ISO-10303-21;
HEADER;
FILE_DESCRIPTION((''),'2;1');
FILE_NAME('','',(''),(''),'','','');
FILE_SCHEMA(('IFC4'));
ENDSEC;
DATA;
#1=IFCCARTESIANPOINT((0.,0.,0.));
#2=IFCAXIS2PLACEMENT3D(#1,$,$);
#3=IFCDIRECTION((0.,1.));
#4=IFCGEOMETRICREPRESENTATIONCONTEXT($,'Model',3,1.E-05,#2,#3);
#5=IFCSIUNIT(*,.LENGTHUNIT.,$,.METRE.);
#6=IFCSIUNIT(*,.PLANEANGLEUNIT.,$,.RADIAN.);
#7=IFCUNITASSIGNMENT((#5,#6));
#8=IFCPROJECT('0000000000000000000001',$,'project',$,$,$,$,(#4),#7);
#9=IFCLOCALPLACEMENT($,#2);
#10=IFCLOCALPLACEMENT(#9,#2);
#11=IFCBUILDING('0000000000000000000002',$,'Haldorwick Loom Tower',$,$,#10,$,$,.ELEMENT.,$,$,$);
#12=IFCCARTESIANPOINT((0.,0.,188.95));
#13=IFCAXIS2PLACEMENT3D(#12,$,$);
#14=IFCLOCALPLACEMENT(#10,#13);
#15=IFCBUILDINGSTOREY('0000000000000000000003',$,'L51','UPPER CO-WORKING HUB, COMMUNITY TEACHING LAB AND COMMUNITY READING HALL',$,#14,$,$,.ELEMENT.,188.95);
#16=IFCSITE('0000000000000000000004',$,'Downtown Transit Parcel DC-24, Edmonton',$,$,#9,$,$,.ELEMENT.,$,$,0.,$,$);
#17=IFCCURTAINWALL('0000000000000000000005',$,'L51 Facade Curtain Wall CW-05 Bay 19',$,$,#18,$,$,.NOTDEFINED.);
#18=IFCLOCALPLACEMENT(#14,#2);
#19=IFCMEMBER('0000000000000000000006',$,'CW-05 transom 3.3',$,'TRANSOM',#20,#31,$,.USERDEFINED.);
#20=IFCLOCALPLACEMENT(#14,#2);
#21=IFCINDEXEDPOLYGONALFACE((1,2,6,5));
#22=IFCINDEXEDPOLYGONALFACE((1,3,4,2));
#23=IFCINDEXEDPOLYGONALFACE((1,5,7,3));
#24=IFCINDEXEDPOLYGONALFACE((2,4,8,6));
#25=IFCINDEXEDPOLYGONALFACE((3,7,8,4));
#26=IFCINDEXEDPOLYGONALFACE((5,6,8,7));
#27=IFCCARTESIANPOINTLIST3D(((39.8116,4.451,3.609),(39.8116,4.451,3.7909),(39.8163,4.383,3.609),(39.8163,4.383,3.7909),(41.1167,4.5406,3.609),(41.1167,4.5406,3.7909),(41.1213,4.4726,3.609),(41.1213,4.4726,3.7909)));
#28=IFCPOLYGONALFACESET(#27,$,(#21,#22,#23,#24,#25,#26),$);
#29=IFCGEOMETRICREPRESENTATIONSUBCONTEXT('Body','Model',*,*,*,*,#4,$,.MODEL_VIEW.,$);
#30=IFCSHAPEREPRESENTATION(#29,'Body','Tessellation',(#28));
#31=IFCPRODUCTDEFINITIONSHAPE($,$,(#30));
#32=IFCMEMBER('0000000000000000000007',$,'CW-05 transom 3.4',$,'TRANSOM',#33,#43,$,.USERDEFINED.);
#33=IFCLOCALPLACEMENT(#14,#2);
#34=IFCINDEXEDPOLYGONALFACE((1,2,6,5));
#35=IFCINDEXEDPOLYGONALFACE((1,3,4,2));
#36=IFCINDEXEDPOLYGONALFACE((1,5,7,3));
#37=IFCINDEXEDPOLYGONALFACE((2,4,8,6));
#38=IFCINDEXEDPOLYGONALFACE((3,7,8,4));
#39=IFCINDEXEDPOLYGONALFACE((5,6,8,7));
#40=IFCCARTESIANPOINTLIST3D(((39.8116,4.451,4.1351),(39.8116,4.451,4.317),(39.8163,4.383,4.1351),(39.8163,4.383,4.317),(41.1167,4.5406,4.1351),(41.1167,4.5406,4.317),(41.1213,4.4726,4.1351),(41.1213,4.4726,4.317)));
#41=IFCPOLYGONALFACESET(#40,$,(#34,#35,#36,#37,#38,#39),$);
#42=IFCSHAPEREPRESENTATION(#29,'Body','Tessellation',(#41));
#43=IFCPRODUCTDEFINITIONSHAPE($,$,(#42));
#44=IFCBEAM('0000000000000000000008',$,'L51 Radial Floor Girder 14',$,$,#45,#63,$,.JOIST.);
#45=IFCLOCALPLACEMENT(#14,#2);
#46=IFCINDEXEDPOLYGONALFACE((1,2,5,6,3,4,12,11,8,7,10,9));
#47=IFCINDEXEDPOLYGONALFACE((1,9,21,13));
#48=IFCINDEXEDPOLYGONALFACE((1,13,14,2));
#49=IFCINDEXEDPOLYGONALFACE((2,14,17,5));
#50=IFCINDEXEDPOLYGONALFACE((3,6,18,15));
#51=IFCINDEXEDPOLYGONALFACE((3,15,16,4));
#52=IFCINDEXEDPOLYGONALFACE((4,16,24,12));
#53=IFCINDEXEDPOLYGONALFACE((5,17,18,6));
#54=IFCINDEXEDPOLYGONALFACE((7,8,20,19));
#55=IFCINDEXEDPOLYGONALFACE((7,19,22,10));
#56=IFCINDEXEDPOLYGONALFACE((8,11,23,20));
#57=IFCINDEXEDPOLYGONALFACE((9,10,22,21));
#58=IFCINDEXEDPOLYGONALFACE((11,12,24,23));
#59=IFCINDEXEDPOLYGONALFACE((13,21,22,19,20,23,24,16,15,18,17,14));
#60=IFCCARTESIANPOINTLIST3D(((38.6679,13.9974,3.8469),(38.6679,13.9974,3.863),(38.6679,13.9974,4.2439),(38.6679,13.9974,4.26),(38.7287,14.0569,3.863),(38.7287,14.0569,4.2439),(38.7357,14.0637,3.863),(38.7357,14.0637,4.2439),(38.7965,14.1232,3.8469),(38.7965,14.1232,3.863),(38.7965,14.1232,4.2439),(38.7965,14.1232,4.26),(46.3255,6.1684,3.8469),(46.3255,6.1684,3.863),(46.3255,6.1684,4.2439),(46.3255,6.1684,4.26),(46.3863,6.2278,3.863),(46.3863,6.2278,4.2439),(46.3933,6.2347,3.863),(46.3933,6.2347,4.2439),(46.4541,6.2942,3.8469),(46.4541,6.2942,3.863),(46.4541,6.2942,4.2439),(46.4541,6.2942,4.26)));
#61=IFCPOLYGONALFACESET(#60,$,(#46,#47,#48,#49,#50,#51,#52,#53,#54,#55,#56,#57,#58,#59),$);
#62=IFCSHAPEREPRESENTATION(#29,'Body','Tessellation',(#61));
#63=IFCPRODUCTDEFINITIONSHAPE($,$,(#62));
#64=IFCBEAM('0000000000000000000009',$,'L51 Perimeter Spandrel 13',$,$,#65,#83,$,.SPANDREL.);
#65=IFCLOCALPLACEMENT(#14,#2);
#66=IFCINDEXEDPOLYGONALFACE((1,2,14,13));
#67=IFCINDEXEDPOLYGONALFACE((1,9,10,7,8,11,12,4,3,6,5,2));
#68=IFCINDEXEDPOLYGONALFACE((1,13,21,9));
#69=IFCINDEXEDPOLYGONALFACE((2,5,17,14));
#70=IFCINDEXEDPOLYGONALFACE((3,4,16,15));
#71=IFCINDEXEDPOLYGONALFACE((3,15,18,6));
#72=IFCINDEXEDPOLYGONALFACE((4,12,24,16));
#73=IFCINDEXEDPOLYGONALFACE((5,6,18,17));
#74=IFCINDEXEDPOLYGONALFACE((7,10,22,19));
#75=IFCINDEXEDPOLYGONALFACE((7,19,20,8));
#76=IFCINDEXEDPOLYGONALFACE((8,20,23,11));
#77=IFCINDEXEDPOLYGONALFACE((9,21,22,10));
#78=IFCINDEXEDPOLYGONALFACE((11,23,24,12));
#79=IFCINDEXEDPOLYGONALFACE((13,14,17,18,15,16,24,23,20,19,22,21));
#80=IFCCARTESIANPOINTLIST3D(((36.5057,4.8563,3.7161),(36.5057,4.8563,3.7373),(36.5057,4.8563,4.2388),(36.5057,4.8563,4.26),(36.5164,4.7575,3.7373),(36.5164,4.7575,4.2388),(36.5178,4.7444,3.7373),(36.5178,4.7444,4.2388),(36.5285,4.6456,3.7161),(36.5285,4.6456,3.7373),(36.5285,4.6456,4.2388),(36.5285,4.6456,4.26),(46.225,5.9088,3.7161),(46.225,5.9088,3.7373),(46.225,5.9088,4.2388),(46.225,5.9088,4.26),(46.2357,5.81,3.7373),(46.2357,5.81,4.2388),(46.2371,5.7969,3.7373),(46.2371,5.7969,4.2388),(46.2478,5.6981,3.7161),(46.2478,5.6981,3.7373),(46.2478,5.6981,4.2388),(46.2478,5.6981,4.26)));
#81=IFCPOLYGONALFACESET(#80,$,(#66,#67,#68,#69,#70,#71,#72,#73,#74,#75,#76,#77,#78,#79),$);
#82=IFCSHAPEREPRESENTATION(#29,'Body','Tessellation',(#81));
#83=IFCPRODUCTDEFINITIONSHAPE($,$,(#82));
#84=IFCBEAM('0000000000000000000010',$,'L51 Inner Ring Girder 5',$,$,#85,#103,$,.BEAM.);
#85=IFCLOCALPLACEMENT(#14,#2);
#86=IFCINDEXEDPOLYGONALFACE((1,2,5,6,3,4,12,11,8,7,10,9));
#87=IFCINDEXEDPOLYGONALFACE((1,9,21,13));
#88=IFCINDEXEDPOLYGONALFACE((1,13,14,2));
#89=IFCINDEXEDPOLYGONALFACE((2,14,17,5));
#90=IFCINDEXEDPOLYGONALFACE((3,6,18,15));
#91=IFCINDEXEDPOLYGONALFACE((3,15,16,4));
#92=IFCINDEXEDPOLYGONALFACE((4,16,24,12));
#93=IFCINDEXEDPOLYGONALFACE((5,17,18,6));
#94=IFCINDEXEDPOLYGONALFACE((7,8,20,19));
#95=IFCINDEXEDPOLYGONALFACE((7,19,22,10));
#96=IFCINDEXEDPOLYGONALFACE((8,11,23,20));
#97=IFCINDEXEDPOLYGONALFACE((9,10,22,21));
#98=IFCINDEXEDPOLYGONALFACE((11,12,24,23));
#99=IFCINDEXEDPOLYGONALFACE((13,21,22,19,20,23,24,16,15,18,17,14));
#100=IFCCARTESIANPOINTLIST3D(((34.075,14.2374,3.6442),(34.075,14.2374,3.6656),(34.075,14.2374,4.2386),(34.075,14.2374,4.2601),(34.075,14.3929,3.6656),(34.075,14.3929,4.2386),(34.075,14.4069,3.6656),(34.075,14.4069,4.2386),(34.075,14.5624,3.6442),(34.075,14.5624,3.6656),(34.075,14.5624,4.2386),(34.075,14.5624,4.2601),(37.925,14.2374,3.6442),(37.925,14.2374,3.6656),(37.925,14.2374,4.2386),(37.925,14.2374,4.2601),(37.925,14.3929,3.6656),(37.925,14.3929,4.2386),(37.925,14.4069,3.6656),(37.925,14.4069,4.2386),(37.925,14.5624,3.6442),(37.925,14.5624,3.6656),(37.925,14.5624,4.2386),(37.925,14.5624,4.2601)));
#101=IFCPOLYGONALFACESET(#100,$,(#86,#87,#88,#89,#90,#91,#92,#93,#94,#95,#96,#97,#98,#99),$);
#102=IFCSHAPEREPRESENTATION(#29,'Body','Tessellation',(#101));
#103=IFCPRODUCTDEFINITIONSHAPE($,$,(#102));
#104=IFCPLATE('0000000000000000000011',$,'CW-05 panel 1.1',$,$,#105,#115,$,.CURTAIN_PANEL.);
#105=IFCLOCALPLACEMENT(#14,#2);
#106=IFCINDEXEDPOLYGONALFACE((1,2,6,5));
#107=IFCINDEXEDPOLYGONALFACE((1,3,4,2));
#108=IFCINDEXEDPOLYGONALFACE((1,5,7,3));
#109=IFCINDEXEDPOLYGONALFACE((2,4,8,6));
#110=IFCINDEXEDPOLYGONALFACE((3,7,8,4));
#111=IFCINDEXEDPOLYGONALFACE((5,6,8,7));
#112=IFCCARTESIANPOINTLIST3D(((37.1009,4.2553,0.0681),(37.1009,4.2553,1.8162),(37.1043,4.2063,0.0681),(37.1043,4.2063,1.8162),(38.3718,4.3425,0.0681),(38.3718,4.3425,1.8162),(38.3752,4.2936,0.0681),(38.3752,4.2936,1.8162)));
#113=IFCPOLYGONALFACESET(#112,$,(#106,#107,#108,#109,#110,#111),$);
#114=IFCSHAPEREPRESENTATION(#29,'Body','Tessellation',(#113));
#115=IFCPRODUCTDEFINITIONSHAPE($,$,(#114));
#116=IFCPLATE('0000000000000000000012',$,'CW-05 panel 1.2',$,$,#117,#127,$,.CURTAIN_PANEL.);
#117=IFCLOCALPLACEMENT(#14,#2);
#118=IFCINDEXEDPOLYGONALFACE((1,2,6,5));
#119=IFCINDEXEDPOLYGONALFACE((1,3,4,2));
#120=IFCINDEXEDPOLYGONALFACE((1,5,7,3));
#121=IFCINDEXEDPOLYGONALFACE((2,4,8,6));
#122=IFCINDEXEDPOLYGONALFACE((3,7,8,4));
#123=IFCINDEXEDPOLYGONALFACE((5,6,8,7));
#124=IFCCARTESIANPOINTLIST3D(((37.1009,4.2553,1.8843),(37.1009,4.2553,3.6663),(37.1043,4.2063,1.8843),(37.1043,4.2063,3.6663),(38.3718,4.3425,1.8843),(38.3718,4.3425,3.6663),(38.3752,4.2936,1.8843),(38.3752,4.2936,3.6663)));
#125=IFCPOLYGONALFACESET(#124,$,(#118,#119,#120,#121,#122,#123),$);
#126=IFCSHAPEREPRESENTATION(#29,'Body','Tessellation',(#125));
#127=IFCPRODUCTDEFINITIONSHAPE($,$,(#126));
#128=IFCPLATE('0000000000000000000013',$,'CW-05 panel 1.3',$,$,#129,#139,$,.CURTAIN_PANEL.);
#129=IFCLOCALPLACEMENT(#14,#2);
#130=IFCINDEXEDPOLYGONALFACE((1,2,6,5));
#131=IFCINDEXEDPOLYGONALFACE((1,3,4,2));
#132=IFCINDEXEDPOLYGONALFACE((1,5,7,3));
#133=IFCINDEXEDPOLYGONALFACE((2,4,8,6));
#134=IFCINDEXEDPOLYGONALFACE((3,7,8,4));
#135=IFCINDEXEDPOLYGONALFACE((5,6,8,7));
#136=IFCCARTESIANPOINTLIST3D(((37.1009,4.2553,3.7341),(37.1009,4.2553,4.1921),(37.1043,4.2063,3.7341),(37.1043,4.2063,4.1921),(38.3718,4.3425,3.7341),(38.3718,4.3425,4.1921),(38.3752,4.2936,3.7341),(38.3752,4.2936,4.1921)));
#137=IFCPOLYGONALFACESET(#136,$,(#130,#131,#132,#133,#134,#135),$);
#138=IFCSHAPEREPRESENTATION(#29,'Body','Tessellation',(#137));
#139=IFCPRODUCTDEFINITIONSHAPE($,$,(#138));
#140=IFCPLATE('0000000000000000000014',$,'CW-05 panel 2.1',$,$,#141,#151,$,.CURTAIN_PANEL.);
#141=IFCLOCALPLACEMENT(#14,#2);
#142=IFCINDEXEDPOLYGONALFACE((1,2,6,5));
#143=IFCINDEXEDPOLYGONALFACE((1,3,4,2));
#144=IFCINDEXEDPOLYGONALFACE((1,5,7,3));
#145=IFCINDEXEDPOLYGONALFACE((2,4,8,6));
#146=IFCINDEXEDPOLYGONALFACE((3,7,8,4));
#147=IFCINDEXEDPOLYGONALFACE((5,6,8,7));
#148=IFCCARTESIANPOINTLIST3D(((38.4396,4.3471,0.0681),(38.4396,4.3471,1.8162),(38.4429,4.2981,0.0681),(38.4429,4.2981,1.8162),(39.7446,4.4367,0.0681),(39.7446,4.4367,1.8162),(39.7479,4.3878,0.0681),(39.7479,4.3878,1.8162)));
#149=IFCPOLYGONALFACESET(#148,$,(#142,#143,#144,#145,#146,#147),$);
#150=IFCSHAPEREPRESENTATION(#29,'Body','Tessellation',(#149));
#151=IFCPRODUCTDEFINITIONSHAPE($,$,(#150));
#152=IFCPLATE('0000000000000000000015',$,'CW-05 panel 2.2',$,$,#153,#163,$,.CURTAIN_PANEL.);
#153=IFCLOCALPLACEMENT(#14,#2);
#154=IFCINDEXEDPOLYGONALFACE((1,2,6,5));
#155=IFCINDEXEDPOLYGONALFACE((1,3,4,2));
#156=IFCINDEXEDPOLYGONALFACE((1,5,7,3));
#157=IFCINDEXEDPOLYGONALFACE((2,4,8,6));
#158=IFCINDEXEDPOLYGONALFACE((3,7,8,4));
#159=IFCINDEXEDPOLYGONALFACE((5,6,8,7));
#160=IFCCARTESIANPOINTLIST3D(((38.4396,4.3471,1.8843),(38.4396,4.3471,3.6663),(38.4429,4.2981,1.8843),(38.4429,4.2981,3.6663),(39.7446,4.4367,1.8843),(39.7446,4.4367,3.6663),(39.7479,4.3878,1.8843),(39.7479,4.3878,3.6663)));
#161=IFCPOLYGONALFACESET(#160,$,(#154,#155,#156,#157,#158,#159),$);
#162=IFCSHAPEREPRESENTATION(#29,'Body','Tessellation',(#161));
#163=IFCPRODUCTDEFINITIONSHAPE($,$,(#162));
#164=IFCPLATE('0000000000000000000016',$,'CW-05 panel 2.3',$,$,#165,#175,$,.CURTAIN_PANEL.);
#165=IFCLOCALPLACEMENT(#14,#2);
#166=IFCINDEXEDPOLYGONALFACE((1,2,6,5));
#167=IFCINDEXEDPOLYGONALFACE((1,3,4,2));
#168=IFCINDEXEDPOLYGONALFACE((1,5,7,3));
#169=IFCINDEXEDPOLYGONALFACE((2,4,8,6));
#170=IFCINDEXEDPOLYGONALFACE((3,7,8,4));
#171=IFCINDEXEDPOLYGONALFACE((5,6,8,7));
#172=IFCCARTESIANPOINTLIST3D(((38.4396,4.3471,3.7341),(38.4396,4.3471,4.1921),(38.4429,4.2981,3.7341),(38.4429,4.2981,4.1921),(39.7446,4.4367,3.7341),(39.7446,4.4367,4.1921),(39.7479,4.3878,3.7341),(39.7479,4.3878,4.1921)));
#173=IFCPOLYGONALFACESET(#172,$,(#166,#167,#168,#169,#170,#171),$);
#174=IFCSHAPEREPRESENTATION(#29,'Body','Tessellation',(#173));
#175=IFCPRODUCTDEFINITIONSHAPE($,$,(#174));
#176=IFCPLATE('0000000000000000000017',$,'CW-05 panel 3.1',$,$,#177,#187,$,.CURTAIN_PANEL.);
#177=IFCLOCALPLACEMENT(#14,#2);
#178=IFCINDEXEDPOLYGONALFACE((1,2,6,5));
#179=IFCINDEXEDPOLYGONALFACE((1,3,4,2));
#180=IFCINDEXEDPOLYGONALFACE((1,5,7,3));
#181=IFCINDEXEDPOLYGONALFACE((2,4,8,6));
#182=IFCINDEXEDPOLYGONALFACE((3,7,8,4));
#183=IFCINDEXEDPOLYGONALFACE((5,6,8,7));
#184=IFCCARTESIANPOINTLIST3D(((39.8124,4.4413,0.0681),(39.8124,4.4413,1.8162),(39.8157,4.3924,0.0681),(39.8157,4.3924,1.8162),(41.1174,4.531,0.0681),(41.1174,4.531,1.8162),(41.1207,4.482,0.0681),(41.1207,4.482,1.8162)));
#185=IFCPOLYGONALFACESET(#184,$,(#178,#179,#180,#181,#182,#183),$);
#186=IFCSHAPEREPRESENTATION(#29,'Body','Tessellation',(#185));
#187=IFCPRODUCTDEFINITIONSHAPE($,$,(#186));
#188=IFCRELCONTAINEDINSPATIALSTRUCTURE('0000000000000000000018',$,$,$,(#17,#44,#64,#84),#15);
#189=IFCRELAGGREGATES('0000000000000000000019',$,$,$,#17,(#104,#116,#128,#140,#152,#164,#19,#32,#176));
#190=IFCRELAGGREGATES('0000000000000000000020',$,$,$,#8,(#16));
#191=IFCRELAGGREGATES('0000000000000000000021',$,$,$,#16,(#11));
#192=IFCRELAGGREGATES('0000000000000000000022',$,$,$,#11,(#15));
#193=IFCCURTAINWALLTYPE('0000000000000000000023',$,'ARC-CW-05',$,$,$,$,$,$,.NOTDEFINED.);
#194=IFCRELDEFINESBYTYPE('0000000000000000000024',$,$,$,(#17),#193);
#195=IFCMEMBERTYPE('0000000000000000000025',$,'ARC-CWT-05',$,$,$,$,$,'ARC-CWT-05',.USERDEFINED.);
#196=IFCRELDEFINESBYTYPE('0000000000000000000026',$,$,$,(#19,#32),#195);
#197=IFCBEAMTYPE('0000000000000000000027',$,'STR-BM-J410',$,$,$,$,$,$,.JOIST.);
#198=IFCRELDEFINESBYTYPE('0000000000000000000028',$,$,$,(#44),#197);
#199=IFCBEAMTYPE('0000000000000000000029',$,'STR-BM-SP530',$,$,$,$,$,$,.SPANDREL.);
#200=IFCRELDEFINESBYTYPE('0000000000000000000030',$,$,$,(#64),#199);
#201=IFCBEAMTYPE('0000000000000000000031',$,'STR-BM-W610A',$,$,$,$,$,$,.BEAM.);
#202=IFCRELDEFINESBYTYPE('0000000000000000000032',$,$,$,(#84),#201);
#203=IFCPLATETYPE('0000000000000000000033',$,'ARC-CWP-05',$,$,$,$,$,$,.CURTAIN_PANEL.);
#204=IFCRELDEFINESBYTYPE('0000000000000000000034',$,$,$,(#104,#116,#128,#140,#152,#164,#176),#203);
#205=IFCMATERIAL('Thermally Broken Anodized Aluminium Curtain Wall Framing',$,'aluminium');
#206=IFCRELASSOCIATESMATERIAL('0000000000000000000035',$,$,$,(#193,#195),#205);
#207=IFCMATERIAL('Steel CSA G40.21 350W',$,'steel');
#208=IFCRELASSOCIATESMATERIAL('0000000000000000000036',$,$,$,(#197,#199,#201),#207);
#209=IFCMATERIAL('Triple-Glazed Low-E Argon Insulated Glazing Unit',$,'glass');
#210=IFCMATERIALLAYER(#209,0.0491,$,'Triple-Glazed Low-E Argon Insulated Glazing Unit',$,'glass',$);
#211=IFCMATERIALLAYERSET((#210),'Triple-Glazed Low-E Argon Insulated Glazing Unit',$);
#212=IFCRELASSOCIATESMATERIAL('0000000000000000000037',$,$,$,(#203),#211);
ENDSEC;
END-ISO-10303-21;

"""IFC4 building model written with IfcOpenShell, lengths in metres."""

from ifc_helpers import new_model, si_unit, direction, frame, origin, origin_2d, place, context, subcontext, project, spatial, rectangle, i_section, extrude, material, layer, layer_set, material_profile, profile_set, type_object, element, aggregate, save


model = new_model("IFC4")

# Units and contexts
model_context = context("Model", 3, precision=1e-05, world=origin(), true_north=direction((0.0, 1.0)))
body_context = subcontext(model_context, "Body", "Model", "MODEL_VIEW")
ifc_project = project(units=[si_unit("LENGTHUNIT", "METRE"), si_unit("PLANEANGLEUNIT", "RADIAN")], contexts=[model_context])

# Site, building, storey
site_placement = place(None, origin())
site = spatial("IfcSite", under=ifc_project, at=site_placement, Name="Downtown Transit Parcel DC-24, Edmonton", CompositionType="ELEMENT", RefElevation=0.0)
building_placement = place(site_placement, origin())
building = spatial("IfcBuilding", under=site, at=building_placement, Name="Haldorwick Loom Tower", CompositionType="ELEMENT")
storey_placement = place(building_placement, frame((0.0, 0.0, 188.95)))
storey = spatial("IfcBuildingStorey", under=building, at=storey_placement, Name="L51", Description="UPPER CO-WORKING HUB, COMMUNITY TEACHING LAB AND COMMUNITY READING HALL", CompositionType="ELEMENT", Elevation=188.95)

# Curtain wall, members
ifc_material_1 = material(Name="Thermally Broken Anodized Aluminium Curtain Wall Framing", Category="aluminium")
curtain_wall_type = type_object("IfcCurtainWallType", Name="ARC-CW-05", PredefinedType="NOTDEFINED", material=ifc_material_1)
curtain_wall_placement = place(storey_placement, origin())
curtain_wall = element("IfcCurtainWall", 1, at=curtain_wall_placement, inside=storey, type_object=curtain_wall_type, Name="L51 Facade Curtain Wall CW-05 Bay 19", PredefinedType="NOTDEFINED")
ifc_material_profile_1 = material_profile(ifc_material_1, rectangle(XDim=0.0681, YDim=0.1819, at=origin_2d()), Name="ALU_TRN_68X182", Category="aluminium")
ifc_profile_set_1 = profile_set([ifc_material_profile_1], Name="Thermally Broken Anodized Aluminium Curtain Wall Framing")
member_type_1 = type_object("IfcMemberType", Name="ARC-CWT-05", ElementType="ARC-CWT-05", PredefinedType="USERDEFINED", material=ifc_profile_set_1)
member_1_placement = place(storey_placement, frame((39.814, 4.417, 3.7), z_axis=(0.997651, 0.068501, 0.0), x_axis=(-0.068501, 0.997651, 0.0)))
member_1 = element("IfcMember", 2, at=member_1_placement, type_object=member_type_1, Name="CW-05 transom 3.3", ObjectType="TRANSOM", PredefinedType="USERDEFINED", context=body_context, shape_type="SweptSolid", body=[
    extrude(rectangle(XDim=0.0681, YDim=0.1819, at=origin_2d()), origin(), (0.0, 0.0, 1.0), 1.3081),
])
member_2_placement = place(storey_placement, frame((39.814, 4.417, 4.2261), z_axis=(0.997651, 0.068501, 0.0), x_axis=(-0.068501, 0.997651, 0.0)))
member_2 = element("IfcMember", 3, at=member_2_placement, type_object=member_type_1, Name="CW-05 transom 3.4", ObjectType="TRANSOM", PredefinedType="USERDEFINED", context=body_context, shape_type="SweptSolid", body=[
    extrude(rectangle(XDim=0.0681, YDim=0.1819, at=origin_2d()), origin(), (0.0, 0.0, 1.0), 1.3081),
])

# Beams
ifc_material_2 = material(Name="Steel CSA G40.21 350W", Category="steel")
ifc_material_profile_2 = material_profile(ifc_material_2, i_section(OverallWidth=0.1799, OverallDepth=0.4131, WebThickness=0.0098, FlangeThickness=0.0161, at=origin_2d()), Name="W410X74", Category="steel")
ifc_profile_set_2 = profile_set([ifc_material_profile_2], Name="Steel CSA G40.21 350W")
beam_type_1 = type_object("IfcBeamType", Name="STR-BM-J410", PredefinedType="JOIST", material=ifc_profile_set_2)
beam_1_placement = place(storey_placement, frame((38.7322, 14.0603, 4.0535), z_axis=(0.699239, -0.714888, 0.0), x_axis=(0.714888, 0.699239, 0.0)))
element("IfcBeam", 4, at=beam_1_placement, inside=storey, type_object=beam_type_1, Name="L51 Radial Floor Girder 14", PredefinedType="JOIST", context=body_context, shape_type="SweptSolid", body=[
    extrude(i_section(OverallWidth=0.1799, OverallDepth=0.4131, WebThickness=0.0098, FlangeThickness=0.0161, at=origin_2d()), origin(), (0.0, 0.0, 1.0), 10.9514),
])
ifc_material_profile_3 = material_profile(ifc_material_2, i_section(OverallWidth=0.2119, OverallDepth=0.5439, WebThickness=0.0132, FlangeThickness=0.0212, at=origin_2d()), Name="W530X123", Category="steel")
ifc_profile_set_3 = profile_set([ifc_material_profile_3], Name="Steel CSA G40.21 350W")
beam_type_2 = type_object("IfcBeamType", Name="STR-BM-SP530", PredefinedType="SPANDREL", material=ifc_profile_set_3)
beam_2_placement = place(storey_placement, frame((36.5171, 4.751, 3.988), z_axis=(0.994188, 0.10766, 0.0), x_axis=(-0.10766, 0.994188, 0.0)))
element("IfcBeam", 5, at=beam_2_placement, inside=storey, type_object=beam_type_2, Name="L51 Perimeter Spandrel 13", PredefinedType="SPANDREL", context=body_context, shape_type="SweptSolid", body=[
    extrude(i_section(OverallWidth=0.2119, OverallDepth=0.5439, WebThickness=0.0132, FlangeThickness=0.0212, at=origin_2d()), origin(), (0.0, 0.0, 1.0), 9.7761),
])
ifc_material_profile_4 = material_profile(ifc_material_2, i_section(OverallWidth=0.325, OverallDepth=0.616, WebThickness=0.0139, FlangeThickness=0.0215, at=origin_2d()), Name="W610X174", Category="steel")
ifc_profile_set_4 = profile_set([ifc_material_profile_4], Name="Steel CSA G40.21 350W")
beam_type_3 = type_object("IfcBeamType", Name="STR-BM-W610A", PredefinedType="BEAM", material=ifc_profile_set_4)
beam_3_placement = place(storey_placement, frame((37.925, 14.3999, 3.9521), z_axis=(-1.0, 0.0, 0.0), x_axis=(0.0, -1.0, 0.0)))
element("IfcBeam", 6, at=beam_3_placement, inside=storey, type_object=beam_type_3, Name="L51 Inner Ring Girder 5", PredefinedType="BEAM", context=body_context, shape_type="SweptSolid", body=[
    extrude(i_section(OverallWidth=0.325, OverallDepth=0.616, WebThickness=0.0139, FlangeThickness=0.0215, at=origin_2d()), origin(), (0.0, 0.0, 1.0), 3.8501),
])

# Plates
ifc_material_3 = material(Name="Triple-Glazed Low-E Argon Insulated Glazing Unit", Category="glass")
ifc_layer = layer(ifc_material_3, 0.0491, Name="Triple-Glazed Low-E Argon Insulated Glazing Unit", Category="glass")
ifc_layer_set = layer_set([ifc_layer], Name="Triple-Glazed Low-E Argon Insulated Glazing Unit")
plate_type = type_object("IfcPlateType", Name="ARC-CWP-05", PredefinedType="CURTAIN_PANEL", material=ifc_layer_set)
plate_1_placement = place(storey_placement, frame((37.738, 4.2744, 0.0681), z_axis=(0.0, 0.0, 1.0), x_axis=(0.99765, 0.068513, 0.0)))
plate_1 = element("IfcPlate", 7, at=plate_1_placement, type_object=plate_type, Name="CW-05 panel 1.1", PredefinedType="CURTAIN_PANEL", context=body_context, shape_type="SweptSolid", body=[
    extrude(rectangle(XDim=1.2739, YDim=0.0491, at=origin_2d()), origin(), (0.0, 0.0, 1.0), 1.748),
])
plate_2_placement = place(storey_placement, frame((37.738, 4.2744, 1.8843), z_axis=(0.0, 0.0, 1.0), x_axis=(0.99765, 0.068513, 0.0)))
plate_2 = element("IfcPlate", 8, at=plate_2_placement, type_object=plate_type, Name="CW-05 panel 1.2", PredefinedType="CURTAIN_PANEL", context=body_context, shape_type="SweptSolid", body=[
    extrude(rectangle(XDim=1.2739, YDim=0.0491, at=origin_2d()), origin(), (0.0, 0.0, 1.0), 1.782),
])
plate_3_placement = place(storey_placement, frame((37.738, 4.2744, 3.7341), z_axis=(0.0, 0.0, 1.0), x_axis=(0.99765, 0.068513, 0.0)))
plate_3 = element("IfcPlate", 9, at=plate_3_placement, type_object=plate_type, Name="CW-05 panel 1.3", PredefinedType="CURTAIN_PANEL", context=body_context, shape_type="SweptSolid", body=[
    extrude(rectangle(XDim=1.2739, YDim=0.0491, at=origin_2d()), origin(), (0.0, 0.0, 1.0), 0.458),
])
plate_4_placement = place(storey_placement, frame((39.0938, 4.3674, 0.0681), z_axis=(0.0, 0.0, 1.0), x_axis=(0.99765, 0.068513, 0.0)))
plate_4 = element("IfcPlate", 10, at=plate_4_placement, type_object=plate_type, Name="CW-05 panel 2.1", PredefinedType="CURTAIN_PANEL", context=body_context, shape_type="SweptSolid", body=[
    extrude(rectangle(XDim=1.3081, YDim=0.0491, at=origin_2d()), origin(), (0.0, 0.0, 1.0), 1.748),
])
plate_5_placement = place(storey_placement, frame((39.0938, 4.3674, 1.8843), z_axis=(0.0, 0.0, 1.0), x_axis=(0.99765, 0.068513, 0.0)))
plate_5 = element("IfcPlate", 11, at=plate_5_placement, type_object=plate_type, Name="CW-05 panel 2.2", PredefinedType="CURTAIN_PANEL", context=body_context, shape_type="SweptSolid", body=[
    extrude(rectangle(XDim=1.3081, YDim=0.0491, at=origin_2d()), origin(), (0.0, 0.0, 1.0), 1.782),
])
plate_6_placement = place(storey_placement, frame((39.0938, 4.3674, 3.7341), z_axis=(0.0, 0.0, 1.0), x_axis=(0.99765, 0.068513, 0.0)))
plate_6 = element("IfcPlate", 12, at=plate_6_placement, type_object=plate_type, Name="CW-05 panel 2.3", PredefinedType="CURTAIN_PANEL", context=body_context, shape_type="SweptSolid", body=[
    extrude(rectangle(XDim=1.3081, YDim=0.0491, at=origin_2d()), origin(), (0.0, 0.0, 1.0), 0.458),
])
plate_7_placement = place(storey_placement, frame((40.4666, 4.4617, 0.0681), z_axis=(0.0, 0.0, 1.0), x_axis=(0.99765, 0.068513, 0.0)))
plate_7 = element("IfcPlate", 13, at=plate_7_placement, type_object=plate_type, Name="CW-05 panel 3.1", PredefinedType="CURTAIN_PANEL", context=body_context, shape_type="SweptSolid", body=[
    extrude(rectangle(XDim=1.3081, YDim=0.0491, at=origin_2d()), origin(), (0.0, 0.0, 1.0), 1.748),
])
aggregate(curtain_wall, [plate_1, plate_2, plate_3, plate_4, plate_5, plate_6, member_1, member_2, plate_7])

save(model, "model.ifc")
